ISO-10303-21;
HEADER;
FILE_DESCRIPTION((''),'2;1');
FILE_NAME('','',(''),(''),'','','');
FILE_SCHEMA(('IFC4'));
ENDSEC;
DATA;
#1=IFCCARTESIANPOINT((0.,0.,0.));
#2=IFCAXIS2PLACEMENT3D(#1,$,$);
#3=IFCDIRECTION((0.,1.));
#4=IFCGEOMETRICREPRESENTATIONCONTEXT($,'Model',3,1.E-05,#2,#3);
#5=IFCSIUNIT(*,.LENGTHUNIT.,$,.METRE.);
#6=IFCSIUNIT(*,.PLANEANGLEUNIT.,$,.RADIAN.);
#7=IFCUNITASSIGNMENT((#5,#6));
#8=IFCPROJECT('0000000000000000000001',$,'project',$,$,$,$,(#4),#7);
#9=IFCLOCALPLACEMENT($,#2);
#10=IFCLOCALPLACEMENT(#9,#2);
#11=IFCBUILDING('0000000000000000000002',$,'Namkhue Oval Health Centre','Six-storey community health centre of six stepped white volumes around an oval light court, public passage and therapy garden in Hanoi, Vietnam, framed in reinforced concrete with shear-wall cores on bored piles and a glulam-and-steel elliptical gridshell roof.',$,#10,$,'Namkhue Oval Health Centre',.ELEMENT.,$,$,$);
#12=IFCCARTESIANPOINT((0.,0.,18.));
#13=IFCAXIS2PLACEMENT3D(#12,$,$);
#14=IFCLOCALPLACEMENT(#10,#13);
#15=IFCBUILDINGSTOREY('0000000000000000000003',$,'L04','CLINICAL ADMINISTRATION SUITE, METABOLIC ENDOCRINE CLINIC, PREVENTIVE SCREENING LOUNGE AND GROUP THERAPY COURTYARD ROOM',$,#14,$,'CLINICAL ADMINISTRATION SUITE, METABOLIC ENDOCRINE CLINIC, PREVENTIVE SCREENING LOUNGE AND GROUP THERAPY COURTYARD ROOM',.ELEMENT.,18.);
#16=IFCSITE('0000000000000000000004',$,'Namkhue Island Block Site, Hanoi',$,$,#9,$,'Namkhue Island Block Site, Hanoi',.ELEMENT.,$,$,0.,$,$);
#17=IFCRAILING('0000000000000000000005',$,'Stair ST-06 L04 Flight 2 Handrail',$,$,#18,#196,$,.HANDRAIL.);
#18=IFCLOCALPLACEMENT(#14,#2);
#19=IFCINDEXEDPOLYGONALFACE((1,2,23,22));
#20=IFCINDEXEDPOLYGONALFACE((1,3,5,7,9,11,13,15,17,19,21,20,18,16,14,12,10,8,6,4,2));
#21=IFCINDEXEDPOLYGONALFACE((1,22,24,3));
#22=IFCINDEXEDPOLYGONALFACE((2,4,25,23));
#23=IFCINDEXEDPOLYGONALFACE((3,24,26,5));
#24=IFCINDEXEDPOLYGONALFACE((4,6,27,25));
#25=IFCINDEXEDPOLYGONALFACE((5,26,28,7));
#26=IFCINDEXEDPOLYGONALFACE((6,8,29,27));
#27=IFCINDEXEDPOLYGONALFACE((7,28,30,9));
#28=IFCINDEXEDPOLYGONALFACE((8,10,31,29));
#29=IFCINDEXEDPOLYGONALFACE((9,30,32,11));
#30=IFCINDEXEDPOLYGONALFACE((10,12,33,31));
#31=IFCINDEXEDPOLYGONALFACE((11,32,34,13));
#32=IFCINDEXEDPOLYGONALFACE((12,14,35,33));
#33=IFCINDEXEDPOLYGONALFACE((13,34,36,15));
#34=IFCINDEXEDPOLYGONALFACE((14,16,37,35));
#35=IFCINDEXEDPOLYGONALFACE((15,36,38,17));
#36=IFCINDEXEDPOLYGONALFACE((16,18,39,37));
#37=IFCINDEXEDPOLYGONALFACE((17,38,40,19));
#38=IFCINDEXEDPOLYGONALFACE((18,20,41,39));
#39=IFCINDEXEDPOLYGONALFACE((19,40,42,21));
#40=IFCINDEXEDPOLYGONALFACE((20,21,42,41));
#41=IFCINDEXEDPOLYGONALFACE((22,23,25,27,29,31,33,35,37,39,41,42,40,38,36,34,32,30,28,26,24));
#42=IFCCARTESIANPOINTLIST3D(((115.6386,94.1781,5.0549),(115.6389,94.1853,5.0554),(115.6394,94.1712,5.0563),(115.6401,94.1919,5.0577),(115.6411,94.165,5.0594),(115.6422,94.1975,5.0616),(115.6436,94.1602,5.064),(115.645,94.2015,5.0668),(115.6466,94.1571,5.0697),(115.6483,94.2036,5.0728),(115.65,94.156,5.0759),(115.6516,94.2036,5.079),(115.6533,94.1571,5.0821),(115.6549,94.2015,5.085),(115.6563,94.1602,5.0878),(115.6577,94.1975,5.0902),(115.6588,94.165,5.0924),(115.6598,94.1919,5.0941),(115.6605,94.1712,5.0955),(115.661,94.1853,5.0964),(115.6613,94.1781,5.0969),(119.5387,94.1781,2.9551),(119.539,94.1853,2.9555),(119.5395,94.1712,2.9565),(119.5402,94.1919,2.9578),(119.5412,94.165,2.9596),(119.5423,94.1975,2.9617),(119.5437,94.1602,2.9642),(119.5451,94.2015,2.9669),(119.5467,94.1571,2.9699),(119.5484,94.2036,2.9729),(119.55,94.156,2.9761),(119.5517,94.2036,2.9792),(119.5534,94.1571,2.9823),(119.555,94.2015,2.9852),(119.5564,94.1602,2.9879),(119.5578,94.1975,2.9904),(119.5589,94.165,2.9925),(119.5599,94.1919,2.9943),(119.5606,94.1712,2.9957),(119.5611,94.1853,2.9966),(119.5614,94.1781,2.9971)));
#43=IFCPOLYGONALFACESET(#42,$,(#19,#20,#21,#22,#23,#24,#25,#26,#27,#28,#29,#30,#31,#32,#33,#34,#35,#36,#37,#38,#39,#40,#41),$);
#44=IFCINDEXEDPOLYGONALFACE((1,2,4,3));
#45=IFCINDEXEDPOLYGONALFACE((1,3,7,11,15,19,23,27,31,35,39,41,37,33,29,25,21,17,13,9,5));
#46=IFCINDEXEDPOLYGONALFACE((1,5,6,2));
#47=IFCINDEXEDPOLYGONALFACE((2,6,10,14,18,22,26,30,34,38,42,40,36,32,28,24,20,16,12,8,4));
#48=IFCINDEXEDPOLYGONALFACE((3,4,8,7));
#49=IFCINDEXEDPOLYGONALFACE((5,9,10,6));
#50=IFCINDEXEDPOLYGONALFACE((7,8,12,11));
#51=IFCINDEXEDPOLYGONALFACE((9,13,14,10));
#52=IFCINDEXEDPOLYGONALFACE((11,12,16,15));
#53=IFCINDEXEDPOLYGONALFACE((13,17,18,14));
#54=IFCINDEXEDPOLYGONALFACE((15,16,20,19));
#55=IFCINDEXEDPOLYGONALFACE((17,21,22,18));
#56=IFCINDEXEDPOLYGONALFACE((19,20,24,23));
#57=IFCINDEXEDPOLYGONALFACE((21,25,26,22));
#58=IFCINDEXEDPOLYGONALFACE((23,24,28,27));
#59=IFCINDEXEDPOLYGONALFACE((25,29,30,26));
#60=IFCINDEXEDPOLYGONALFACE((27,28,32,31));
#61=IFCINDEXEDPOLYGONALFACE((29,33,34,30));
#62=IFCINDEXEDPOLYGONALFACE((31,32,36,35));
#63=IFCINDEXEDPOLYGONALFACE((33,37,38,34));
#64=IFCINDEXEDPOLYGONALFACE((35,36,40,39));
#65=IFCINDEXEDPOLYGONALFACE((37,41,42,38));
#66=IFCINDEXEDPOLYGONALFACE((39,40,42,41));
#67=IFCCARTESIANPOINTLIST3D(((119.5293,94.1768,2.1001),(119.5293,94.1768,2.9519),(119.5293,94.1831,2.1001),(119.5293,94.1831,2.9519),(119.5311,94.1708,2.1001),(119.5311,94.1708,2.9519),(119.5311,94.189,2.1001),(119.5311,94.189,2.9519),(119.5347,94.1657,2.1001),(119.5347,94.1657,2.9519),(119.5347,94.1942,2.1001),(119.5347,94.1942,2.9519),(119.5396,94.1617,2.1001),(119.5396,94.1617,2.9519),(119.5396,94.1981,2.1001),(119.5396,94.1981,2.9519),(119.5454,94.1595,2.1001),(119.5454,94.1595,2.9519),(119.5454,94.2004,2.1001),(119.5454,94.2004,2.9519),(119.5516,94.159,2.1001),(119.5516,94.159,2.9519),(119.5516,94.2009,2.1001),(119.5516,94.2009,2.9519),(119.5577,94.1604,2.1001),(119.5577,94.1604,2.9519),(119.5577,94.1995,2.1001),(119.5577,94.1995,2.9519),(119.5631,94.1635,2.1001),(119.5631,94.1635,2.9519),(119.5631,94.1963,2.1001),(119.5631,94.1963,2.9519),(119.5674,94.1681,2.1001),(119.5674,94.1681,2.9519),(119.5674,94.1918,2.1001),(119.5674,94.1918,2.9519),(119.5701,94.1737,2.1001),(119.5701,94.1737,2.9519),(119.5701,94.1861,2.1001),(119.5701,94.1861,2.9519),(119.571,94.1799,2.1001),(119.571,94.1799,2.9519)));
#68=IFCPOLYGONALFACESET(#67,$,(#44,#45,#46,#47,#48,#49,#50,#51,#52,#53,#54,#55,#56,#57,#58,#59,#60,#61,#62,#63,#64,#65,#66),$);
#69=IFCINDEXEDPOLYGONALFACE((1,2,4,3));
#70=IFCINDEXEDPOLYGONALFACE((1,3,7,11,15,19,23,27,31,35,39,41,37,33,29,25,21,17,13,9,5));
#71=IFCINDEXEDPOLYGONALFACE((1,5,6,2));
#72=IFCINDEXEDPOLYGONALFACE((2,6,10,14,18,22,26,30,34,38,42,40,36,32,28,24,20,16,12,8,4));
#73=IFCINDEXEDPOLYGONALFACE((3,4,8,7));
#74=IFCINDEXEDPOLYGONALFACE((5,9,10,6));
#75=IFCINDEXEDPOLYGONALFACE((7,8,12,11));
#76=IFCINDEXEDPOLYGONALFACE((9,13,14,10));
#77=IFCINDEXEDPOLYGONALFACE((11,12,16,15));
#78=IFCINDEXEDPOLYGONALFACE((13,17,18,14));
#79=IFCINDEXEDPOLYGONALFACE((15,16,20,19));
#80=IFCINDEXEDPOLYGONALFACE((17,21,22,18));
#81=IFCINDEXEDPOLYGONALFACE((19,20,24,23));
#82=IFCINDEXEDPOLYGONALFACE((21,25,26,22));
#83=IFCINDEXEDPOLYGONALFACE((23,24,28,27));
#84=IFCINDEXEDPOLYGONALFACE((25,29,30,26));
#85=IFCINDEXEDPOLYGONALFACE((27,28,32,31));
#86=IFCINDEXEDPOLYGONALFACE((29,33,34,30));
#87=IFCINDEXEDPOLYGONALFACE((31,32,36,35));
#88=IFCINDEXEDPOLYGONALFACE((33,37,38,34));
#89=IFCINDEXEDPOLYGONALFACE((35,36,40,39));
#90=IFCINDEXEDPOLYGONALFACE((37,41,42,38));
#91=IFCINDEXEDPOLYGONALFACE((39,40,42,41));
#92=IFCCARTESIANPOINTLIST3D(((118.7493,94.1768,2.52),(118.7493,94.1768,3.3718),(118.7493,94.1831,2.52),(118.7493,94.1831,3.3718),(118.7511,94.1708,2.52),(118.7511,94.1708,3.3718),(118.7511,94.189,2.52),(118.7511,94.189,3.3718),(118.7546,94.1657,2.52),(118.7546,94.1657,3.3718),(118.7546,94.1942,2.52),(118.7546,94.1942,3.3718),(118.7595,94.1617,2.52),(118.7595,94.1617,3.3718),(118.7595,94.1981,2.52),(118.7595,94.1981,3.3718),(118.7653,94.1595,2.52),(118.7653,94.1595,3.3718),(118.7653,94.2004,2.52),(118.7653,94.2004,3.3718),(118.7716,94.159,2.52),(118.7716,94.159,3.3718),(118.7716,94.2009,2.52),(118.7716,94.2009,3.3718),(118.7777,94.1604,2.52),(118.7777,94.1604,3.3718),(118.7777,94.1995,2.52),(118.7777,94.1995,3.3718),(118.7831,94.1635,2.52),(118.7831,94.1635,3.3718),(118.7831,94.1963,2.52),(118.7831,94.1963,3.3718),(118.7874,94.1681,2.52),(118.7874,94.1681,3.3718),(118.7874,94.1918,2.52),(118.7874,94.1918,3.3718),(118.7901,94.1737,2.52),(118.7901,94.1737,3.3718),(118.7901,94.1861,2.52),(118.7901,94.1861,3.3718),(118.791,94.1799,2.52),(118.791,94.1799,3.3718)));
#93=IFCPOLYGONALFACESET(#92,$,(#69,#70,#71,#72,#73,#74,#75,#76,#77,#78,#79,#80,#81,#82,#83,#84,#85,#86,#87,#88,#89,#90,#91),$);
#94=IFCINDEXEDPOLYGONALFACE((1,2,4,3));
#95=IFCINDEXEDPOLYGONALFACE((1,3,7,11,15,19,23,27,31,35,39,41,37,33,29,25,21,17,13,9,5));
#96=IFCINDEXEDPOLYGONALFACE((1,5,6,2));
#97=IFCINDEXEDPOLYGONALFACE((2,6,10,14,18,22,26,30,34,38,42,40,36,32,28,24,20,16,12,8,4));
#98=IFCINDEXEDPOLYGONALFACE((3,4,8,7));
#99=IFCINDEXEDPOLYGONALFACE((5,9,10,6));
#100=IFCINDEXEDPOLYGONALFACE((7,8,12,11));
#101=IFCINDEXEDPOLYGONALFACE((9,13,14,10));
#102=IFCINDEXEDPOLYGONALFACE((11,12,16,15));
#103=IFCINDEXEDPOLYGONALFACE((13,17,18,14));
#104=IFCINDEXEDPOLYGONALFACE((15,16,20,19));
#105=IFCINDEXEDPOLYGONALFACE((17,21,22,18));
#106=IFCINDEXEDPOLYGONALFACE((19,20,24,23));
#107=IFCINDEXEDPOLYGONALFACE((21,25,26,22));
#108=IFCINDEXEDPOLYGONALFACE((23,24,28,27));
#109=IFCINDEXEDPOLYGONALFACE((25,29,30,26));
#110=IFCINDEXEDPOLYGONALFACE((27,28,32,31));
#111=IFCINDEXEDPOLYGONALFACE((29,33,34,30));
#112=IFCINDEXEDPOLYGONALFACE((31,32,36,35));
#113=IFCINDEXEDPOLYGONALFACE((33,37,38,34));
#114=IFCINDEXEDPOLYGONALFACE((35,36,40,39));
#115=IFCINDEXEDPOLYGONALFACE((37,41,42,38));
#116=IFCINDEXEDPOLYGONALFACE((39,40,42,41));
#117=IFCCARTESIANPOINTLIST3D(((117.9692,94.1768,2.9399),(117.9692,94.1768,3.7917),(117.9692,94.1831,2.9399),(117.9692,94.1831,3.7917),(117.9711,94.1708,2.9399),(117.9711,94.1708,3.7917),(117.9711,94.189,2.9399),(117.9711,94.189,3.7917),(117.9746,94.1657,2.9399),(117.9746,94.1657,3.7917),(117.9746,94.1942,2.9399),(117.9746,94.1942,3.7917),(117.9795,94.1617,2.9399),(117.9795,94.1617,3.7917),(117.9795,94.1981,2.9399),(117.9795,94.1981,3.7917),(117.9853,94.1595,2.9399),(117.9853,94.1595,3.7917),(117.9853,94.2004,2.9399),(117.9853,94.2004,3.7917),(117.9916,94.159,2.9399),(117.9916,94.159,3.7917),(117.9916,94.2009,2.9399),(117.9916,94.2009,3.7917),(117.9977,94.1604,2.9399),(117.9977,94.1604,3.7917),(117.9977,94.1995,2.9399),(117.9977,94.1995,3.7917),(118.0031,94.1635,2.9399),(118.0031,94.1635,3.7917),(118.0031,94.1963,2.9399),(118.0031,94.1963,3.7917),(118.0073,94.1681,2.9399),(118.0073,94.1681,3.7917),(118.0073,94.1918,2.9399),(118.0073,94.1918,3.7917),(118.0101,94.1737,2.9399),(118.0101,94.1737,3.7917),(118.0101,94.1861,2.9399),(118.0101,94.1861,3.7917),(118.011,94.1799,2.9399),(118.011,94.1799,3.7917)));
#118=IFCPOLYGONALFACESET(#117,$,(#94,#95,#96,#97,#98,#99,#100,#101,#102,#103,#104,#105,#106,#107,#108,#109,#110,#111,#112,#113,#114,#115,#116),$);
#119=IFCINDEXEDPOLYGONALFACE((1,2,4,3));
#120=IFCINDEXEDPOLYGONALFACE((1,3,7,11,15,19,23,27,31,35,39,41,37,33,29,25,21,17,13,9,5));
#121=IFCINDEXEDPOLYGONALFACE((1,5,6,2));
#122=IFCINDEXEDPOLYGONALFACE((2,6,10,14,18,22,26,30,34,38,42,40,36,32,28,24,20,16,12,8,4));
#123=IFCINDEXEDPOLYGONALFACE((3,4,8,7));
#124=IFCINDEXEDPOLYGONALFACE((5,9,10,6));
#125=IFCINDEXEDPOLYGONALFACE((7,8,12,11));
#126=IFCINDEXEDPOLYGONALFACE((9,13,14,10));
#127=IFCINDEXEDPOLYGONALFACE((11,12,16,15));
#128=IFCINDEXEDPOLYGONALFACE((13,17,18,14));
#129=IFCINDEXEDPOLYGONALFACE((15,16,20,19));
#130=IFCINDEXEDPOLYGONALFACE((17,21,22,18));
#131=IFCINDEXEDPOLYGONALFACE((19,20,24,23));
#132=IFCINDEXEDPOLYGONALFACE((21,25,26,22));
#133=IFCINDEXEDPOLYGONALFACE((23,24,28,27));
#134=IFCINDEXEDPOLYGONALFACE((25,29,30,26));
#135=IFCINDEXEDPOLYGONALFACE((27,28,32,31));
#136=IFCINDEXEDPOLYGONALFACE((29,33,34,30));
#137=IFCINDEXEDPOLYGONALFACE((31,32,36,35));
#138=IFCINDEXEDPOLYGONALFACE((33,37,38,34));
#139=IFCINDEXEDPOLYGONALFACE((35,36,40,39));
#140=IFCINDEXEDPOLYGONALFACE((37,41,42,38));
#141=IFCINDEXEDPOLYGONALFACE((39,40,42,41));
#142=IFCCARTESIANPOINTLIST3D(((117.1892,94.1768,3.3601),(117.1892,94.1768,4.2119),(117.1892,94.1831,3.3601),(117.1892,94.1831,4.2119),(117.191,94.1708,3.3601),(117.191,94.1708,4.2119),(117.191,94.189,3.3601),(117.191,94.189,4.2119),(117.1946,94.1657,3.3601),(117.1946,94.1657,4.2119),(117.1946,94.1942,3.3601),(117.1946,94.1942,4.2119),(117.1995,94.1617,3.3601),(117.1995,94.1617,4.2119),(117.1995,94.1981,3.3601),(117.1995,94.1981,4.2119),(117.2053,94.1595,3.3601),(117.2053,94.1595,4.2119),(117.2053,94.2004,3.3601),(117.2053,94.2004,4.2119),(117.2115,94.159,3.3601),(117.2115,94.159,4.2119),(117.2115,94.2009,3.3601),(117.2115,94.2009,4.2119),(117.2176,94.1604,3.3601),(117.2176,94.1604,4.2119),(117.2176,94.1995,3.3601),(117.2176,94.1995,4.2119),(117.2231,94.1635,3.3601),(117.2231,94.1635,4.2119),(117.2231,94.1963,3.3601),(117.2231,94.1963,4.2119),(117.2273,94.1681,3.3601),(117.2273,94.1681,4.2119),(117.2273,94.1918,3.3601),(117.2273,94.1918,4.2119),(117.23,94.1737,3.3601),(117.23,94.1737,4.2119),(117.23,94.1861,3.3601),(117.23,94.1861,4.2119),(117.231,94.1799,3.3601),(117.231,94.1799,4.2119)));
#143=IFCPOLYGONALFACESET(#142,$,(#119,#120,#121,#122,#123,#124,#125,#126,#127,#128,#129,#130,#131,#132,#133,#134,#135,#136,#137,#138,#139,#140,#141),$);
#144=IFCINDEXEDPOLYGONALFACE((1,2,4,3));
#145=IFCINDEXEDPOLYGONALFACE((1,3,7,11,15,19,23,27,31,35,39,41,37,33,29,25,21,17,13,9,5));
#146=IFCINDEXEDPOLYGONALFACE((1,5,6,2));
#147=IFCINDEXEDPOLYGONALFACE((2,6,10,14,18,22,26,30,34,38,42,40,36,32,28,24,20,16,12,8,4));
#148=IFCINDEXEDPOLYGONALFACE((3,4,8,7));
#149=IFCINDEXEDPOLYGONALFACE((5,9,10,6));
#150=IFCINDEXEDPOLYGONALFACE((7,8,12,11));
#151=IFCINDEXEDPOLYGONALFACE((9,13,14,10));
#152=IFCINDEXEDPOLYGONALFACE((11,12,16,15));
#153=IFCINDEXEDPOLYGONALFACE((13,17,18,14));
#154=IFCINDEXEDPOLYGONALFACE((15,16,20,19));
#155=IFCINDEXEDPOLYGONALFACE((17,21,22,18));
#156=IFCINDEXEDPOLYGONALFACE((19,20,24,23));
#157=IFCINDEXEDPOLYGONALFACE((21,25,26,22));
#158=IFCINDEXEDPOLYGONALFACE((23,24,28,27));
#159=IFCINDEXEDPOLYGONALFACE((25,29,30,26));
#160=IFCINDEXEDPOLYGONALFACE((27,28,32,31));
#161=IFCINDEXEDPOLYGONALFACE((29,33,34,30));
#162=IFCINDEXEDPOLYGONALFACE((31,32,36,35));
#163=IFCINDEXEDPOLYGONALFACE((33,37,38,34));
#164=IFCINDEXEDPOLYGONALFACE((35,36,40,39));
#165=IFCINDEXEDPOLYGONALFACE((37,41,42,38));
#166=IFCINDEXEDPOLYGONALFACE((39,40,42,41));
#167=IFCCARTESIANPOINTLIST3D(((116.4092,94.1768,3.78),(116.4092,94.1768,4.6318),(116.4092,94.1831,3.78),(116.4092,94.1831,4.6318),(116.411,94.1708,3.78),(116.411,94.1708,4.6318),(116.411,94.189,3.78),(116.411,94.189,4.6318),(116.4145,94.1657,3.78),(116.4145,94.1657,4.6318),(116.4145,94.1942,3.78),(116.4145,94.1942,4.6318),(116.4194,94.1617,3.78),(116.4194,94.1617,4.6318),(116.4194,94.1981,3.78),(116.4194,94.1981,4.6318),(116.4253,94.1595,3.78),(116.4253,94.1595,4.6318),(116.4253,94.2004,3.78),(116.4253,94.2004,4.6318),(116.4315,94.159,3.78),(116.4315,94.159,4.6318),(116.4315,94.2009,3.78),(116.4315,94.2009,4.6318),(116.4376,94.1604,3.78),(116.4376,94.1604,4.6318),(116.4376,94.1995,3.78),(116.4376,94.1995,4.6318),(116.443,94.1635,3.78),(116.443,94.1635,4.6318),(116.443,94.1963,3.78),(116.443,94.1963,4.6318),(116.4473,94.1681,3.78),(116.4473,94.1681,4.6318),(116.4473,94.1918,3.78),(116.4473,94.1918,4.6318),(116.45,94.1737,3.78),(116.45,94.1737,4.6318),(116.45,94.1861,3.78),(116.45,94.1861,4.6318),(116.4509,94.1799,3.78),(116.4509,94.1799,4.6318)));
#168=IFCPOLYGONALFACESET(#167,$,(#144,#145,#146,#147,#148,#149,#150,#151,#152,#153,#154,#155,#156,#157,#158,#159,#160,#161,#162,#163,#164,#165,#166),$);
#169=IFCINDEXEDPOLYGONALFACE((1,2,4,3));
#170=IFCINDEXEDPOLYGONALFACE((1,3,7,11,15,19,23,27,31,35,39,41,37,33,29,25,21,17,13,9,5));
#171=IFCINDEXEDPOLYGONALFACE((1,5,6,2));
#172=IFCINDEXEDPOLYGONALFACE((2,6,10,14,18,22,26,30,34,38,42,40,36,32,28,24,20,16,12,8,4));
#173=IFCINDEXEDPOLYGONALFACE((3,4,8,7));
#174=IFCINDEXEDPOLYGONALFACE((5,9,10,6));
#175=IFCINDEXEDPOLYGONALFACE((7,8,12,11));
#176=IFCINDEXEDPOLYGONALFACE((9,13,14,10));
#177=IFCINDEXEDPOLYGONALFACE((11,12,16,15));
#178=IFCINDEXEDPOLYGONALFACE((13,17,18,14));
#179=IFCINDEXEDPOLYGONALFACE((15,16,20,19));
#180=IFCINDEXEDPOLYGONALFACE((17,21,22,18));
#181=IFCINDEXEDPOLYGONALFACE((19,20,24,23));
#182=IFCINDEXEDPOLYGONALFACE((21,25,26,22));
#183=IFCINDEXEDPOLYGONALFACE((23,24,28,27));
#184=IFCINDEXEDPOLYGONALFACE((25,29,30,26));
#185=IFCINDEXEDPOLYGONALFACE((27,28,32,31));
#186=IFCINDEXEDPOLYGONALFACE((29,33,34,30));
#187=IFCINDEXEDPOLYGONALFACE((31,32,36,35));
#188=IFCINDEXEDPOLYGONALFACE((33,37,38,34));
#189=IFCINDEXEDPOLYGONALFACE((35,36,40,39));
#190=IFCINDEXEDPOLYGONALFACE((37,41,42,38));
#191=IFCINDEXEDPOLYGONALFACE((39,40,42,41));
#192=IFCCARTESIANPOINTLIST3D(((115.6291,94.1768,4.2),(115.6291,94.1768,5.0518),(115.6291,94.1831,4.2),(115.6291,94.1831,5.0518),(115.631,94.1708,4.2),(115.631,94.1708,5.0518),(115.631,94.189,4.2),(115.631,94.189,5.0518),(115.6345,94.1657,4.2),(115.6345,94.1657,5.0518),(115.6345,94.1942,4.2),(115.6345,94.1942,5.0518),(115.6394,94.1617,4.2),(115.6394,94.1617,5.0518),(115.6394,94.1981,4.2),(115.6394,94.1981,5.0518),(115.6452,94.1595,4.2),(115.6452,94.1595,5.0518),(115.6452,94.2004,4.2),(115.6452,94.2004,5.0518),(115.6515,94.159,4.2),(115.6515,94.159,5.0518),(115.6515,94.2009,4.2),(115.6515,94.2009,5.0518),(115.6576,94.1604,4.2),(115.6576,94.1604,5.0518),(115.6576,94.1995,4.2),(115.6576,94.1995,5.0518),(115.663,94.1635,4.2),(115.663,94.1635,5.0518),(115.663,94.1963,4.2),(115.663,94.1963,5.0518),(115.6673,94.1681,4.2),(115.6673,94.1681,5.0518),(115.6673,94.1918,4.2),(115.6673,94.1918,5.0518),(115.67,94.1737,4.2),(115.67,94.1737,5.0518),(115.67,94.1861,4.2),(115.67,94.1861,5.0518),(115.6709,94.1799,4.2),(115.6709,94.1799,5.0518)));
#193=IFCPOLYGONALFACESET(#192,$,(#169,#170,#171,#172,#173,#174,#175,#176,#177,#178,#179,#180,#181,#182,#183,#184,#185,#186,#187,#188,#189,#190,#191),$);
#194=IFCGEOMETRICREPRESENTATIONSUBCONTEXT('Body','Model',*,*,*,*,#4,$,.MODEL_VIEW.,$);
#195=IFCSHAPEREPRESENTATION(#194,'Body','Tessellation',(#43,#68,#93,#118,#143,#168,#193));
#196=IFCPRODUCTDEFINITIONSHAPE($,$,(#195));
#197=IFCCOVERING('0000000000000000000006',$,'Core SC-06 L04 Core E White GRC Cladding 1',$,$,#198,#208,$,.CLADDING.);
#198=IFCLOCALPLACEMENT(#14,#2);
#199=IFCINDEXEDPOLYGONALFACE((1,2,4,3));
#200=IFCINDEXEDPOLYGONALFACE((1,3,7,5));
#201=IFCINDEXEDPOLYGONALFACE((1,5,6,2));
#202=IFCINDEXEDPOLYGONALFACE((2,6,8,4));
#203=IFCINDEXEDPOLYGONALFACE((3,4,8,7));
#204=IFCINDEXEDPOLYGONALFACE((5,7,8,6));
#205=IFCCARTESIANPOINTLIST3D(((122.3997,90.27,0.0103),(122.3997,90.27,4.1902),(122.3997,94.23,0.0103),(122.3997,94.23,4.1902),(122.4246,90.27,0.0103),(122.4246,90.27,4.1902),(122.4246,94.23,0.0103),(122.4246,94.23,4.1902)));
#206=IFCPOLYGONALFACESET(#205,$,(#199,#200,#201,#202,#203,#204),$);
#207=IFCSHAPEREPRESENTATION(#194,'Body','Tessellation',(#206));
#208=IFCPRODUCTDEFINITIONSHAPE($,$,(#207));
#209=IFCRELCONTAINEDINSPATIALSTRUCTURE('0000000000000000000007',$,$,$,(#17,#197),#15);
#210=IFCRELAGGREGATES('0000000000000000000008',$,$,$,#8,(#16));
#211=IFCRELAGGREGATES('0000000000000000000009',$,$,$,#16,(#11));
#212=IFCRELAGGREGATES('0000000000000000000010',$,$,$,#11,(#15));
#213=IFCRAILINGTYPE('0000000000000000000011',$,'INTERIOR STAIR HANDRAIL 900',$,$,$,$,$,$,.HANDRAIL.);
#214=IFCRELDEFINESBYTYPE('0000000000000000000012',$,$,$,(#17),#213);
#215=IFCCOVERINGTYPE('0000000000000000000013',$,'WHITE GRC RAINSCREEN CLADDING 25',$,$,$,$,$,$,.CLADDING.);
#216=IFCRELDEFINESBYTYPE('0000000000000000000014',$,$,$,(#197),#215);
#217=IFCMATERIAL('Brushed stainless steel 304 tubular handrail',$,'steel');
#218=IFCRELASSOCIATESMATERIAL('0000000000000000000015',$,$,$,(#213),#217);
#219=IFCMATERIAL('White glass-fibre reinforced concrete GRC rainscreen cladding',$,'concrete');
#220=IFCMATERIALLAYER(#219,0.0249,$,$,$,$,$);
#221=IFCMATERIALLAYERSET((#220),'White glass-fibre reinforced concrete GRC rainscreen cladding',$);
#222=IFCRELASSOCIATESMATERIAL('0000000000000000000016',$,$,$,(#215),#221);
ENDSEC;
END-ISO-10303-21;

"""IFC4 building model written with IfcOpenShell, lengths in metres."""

from ifc_helpers import new_model, si_unit, direction, frame, origin, origin_2d, place, context, subcontext, project, spatial, rectangle, circle, extrude, material, layer, layer_set, type_object, element, save


model = new_model("IFC4")

# Units and contexts
model_context = context("Model", 3, precision=1e-05, world=origin(), true_north=direction((0.0, 1.0)))
body_context = subcontext(model_context, "Body", "Model", "MODEL_VIEW")
ifc_project = project(units=[si_unit("LENGTHUNIT", "METRE"), si_unit("PLANEANGLEUNIT", "RADIAN")], contexts=[model_context])

# Site, building, storey
site_placement = place(None, origin())
site = spatial("IfcSite", under=ifc_project, at=site_placement, Name="Namkhue Island Block Site, Hanoi", LongName="Namkhue Island Block Site, Hanoi", CompositionType="ELEMENT", RefElevation=0.0)
building_placement = place(site_placement, origin())
building = spatial("IfcBuilding", under=site, at=building_placement, Name="Namkhue Oval Health Centre", Description="Six-storey community health centre of six stepped white volumes around an oval light court, public passage and therapy garden in Hanoi, Vietnam, framed in reinforced concrete with shear-wall cores on bored piles and a glulam-and-steel elliptical gridshell roof.", LongName="Namkhue Oval Health Centre", CompositionType="ELEMENT")
storey_placement = place(building_placement, frame((0.0, 0.0, 18.0)))
storey = spatial("IfcBuildingStorey", under=building, at=storey_placement, Name="L04", Description="CLINICAL ADMINISTRATION SUITE, METABOLIC ENDOCRINE CLINIC, PREVENTIVE SCREENING LOUNGE AND GROUP THERAPY COURTYARD ROOM", LongName="CLINICAL ADMINISTRATION SUITE, METABOLIC ENDOCRINE CLINIC, PREVENTIVE SCREENING LOUNGE AND GROUP THERAPY COURTYARD ROOM", CompositionType="ELEMENT", Elevation=18.0)

# Railing
ifc_material_1 = material(Name="Brushed stainless steel 304 tubular handrail", Category="steel")
railing_type_1 = type_object("IfcRailingType", Name="INTERIOR STAIR HANDRAIL 900", PredefinedType="HANDRAIL", material=ifc_material_1)
railing_1_placement = place(storey_placement, frame((119.55, 94.1799, 2.1001)))
element("IfcRailing", 1, at=railing_1_placement, inside=storey, type_object=railing_type_1, Name="Stair ST-06 L04 Flight 2 Handrail", PredefinedType="HANDRAIL", context=body_context, shape_type="SweptSolid", body=[
    extrude(circle(Radius=0.0239, at=origin_2d()), frame((0.0, 0.0, 0.876), z_axis=(-0.880492, 0.0, 0.47406), x_axis=(0.0, -1.0, 0.0)), (0.0, 0.0, 1.0), 4.4294),
    extrude(circle(Radius=0.021, at=origin_2d()), origin(), (0.0, 0.0, 1.0), 0.8518),
    extrude(circle(Radius=0.021, at=origin_2d()), frame((-0.78, 0.0, 0.4199)), (0.0, 0.0, 1.0), 0.8518),
    extrude(circle(Radius=0.021, at=origin_2d()), frame((-1.5601, 0.0, 0.8398)), (0.0, 0.0, 1.0), 0.8518),
    extrude(circle(Radius=0.021, at=origin_2d()), frame((-2.3401, 0.0, 1.26)), (0.0, 0.0, 1.0), 0.8518),
    extrude(circle(Radius=0.021, at=origin_2d()), frame((-3.1201, 0.0, 1.6799)), (0.0, 0.0, 1.0), 0.8518),
    extrude(circle(Radius=0.021, at=origin_2d()), frame((-3.9001, 0.0, 2.0999)), (0.0, 0.0, 1.0), 0.8518),
])

# Covering
ifc_material_2 = material(Name="White glass-fibre reinforced concrete GRC rainscreen cladding", Category="concrete")
ifc_layer_1 = layer(ifc_material_2, 0.0249)
ifc_layer_set_1 = layer_set([ifc_layer_1], Name="White glass-fibre reinforced concrete GRC rainscreen cladding")
covering_type = type_object("IfcCoveringType", Name="WHITE GRC RAINSCREEN CLADDING 25", PredefinedType="CLADDING", material=ifc_layer_set_1)
covering_placement = place(storey_placement, frame((122.4121, 92.25, 0.0103), z_axis=(0.0, 0.0, 1.0), x_axis=(0.0, 1.0, 0.0)))
element("IfcCovering", 2, at=covering_placement, inside=storey, type_object=covering_type, Name="Core SC-06 L04 Core E White GRC Cladding 1", PredefinedType="CLADDING", context=body_context, shape_type="SweptSolid", body=[
    extrude(rectangle(XDim=3.96, YDim=0.0249, at=origin_2d()), origin(), (0.0, 0.0, 1.0), 4.1799),
])

save(model, "model.ifc")
